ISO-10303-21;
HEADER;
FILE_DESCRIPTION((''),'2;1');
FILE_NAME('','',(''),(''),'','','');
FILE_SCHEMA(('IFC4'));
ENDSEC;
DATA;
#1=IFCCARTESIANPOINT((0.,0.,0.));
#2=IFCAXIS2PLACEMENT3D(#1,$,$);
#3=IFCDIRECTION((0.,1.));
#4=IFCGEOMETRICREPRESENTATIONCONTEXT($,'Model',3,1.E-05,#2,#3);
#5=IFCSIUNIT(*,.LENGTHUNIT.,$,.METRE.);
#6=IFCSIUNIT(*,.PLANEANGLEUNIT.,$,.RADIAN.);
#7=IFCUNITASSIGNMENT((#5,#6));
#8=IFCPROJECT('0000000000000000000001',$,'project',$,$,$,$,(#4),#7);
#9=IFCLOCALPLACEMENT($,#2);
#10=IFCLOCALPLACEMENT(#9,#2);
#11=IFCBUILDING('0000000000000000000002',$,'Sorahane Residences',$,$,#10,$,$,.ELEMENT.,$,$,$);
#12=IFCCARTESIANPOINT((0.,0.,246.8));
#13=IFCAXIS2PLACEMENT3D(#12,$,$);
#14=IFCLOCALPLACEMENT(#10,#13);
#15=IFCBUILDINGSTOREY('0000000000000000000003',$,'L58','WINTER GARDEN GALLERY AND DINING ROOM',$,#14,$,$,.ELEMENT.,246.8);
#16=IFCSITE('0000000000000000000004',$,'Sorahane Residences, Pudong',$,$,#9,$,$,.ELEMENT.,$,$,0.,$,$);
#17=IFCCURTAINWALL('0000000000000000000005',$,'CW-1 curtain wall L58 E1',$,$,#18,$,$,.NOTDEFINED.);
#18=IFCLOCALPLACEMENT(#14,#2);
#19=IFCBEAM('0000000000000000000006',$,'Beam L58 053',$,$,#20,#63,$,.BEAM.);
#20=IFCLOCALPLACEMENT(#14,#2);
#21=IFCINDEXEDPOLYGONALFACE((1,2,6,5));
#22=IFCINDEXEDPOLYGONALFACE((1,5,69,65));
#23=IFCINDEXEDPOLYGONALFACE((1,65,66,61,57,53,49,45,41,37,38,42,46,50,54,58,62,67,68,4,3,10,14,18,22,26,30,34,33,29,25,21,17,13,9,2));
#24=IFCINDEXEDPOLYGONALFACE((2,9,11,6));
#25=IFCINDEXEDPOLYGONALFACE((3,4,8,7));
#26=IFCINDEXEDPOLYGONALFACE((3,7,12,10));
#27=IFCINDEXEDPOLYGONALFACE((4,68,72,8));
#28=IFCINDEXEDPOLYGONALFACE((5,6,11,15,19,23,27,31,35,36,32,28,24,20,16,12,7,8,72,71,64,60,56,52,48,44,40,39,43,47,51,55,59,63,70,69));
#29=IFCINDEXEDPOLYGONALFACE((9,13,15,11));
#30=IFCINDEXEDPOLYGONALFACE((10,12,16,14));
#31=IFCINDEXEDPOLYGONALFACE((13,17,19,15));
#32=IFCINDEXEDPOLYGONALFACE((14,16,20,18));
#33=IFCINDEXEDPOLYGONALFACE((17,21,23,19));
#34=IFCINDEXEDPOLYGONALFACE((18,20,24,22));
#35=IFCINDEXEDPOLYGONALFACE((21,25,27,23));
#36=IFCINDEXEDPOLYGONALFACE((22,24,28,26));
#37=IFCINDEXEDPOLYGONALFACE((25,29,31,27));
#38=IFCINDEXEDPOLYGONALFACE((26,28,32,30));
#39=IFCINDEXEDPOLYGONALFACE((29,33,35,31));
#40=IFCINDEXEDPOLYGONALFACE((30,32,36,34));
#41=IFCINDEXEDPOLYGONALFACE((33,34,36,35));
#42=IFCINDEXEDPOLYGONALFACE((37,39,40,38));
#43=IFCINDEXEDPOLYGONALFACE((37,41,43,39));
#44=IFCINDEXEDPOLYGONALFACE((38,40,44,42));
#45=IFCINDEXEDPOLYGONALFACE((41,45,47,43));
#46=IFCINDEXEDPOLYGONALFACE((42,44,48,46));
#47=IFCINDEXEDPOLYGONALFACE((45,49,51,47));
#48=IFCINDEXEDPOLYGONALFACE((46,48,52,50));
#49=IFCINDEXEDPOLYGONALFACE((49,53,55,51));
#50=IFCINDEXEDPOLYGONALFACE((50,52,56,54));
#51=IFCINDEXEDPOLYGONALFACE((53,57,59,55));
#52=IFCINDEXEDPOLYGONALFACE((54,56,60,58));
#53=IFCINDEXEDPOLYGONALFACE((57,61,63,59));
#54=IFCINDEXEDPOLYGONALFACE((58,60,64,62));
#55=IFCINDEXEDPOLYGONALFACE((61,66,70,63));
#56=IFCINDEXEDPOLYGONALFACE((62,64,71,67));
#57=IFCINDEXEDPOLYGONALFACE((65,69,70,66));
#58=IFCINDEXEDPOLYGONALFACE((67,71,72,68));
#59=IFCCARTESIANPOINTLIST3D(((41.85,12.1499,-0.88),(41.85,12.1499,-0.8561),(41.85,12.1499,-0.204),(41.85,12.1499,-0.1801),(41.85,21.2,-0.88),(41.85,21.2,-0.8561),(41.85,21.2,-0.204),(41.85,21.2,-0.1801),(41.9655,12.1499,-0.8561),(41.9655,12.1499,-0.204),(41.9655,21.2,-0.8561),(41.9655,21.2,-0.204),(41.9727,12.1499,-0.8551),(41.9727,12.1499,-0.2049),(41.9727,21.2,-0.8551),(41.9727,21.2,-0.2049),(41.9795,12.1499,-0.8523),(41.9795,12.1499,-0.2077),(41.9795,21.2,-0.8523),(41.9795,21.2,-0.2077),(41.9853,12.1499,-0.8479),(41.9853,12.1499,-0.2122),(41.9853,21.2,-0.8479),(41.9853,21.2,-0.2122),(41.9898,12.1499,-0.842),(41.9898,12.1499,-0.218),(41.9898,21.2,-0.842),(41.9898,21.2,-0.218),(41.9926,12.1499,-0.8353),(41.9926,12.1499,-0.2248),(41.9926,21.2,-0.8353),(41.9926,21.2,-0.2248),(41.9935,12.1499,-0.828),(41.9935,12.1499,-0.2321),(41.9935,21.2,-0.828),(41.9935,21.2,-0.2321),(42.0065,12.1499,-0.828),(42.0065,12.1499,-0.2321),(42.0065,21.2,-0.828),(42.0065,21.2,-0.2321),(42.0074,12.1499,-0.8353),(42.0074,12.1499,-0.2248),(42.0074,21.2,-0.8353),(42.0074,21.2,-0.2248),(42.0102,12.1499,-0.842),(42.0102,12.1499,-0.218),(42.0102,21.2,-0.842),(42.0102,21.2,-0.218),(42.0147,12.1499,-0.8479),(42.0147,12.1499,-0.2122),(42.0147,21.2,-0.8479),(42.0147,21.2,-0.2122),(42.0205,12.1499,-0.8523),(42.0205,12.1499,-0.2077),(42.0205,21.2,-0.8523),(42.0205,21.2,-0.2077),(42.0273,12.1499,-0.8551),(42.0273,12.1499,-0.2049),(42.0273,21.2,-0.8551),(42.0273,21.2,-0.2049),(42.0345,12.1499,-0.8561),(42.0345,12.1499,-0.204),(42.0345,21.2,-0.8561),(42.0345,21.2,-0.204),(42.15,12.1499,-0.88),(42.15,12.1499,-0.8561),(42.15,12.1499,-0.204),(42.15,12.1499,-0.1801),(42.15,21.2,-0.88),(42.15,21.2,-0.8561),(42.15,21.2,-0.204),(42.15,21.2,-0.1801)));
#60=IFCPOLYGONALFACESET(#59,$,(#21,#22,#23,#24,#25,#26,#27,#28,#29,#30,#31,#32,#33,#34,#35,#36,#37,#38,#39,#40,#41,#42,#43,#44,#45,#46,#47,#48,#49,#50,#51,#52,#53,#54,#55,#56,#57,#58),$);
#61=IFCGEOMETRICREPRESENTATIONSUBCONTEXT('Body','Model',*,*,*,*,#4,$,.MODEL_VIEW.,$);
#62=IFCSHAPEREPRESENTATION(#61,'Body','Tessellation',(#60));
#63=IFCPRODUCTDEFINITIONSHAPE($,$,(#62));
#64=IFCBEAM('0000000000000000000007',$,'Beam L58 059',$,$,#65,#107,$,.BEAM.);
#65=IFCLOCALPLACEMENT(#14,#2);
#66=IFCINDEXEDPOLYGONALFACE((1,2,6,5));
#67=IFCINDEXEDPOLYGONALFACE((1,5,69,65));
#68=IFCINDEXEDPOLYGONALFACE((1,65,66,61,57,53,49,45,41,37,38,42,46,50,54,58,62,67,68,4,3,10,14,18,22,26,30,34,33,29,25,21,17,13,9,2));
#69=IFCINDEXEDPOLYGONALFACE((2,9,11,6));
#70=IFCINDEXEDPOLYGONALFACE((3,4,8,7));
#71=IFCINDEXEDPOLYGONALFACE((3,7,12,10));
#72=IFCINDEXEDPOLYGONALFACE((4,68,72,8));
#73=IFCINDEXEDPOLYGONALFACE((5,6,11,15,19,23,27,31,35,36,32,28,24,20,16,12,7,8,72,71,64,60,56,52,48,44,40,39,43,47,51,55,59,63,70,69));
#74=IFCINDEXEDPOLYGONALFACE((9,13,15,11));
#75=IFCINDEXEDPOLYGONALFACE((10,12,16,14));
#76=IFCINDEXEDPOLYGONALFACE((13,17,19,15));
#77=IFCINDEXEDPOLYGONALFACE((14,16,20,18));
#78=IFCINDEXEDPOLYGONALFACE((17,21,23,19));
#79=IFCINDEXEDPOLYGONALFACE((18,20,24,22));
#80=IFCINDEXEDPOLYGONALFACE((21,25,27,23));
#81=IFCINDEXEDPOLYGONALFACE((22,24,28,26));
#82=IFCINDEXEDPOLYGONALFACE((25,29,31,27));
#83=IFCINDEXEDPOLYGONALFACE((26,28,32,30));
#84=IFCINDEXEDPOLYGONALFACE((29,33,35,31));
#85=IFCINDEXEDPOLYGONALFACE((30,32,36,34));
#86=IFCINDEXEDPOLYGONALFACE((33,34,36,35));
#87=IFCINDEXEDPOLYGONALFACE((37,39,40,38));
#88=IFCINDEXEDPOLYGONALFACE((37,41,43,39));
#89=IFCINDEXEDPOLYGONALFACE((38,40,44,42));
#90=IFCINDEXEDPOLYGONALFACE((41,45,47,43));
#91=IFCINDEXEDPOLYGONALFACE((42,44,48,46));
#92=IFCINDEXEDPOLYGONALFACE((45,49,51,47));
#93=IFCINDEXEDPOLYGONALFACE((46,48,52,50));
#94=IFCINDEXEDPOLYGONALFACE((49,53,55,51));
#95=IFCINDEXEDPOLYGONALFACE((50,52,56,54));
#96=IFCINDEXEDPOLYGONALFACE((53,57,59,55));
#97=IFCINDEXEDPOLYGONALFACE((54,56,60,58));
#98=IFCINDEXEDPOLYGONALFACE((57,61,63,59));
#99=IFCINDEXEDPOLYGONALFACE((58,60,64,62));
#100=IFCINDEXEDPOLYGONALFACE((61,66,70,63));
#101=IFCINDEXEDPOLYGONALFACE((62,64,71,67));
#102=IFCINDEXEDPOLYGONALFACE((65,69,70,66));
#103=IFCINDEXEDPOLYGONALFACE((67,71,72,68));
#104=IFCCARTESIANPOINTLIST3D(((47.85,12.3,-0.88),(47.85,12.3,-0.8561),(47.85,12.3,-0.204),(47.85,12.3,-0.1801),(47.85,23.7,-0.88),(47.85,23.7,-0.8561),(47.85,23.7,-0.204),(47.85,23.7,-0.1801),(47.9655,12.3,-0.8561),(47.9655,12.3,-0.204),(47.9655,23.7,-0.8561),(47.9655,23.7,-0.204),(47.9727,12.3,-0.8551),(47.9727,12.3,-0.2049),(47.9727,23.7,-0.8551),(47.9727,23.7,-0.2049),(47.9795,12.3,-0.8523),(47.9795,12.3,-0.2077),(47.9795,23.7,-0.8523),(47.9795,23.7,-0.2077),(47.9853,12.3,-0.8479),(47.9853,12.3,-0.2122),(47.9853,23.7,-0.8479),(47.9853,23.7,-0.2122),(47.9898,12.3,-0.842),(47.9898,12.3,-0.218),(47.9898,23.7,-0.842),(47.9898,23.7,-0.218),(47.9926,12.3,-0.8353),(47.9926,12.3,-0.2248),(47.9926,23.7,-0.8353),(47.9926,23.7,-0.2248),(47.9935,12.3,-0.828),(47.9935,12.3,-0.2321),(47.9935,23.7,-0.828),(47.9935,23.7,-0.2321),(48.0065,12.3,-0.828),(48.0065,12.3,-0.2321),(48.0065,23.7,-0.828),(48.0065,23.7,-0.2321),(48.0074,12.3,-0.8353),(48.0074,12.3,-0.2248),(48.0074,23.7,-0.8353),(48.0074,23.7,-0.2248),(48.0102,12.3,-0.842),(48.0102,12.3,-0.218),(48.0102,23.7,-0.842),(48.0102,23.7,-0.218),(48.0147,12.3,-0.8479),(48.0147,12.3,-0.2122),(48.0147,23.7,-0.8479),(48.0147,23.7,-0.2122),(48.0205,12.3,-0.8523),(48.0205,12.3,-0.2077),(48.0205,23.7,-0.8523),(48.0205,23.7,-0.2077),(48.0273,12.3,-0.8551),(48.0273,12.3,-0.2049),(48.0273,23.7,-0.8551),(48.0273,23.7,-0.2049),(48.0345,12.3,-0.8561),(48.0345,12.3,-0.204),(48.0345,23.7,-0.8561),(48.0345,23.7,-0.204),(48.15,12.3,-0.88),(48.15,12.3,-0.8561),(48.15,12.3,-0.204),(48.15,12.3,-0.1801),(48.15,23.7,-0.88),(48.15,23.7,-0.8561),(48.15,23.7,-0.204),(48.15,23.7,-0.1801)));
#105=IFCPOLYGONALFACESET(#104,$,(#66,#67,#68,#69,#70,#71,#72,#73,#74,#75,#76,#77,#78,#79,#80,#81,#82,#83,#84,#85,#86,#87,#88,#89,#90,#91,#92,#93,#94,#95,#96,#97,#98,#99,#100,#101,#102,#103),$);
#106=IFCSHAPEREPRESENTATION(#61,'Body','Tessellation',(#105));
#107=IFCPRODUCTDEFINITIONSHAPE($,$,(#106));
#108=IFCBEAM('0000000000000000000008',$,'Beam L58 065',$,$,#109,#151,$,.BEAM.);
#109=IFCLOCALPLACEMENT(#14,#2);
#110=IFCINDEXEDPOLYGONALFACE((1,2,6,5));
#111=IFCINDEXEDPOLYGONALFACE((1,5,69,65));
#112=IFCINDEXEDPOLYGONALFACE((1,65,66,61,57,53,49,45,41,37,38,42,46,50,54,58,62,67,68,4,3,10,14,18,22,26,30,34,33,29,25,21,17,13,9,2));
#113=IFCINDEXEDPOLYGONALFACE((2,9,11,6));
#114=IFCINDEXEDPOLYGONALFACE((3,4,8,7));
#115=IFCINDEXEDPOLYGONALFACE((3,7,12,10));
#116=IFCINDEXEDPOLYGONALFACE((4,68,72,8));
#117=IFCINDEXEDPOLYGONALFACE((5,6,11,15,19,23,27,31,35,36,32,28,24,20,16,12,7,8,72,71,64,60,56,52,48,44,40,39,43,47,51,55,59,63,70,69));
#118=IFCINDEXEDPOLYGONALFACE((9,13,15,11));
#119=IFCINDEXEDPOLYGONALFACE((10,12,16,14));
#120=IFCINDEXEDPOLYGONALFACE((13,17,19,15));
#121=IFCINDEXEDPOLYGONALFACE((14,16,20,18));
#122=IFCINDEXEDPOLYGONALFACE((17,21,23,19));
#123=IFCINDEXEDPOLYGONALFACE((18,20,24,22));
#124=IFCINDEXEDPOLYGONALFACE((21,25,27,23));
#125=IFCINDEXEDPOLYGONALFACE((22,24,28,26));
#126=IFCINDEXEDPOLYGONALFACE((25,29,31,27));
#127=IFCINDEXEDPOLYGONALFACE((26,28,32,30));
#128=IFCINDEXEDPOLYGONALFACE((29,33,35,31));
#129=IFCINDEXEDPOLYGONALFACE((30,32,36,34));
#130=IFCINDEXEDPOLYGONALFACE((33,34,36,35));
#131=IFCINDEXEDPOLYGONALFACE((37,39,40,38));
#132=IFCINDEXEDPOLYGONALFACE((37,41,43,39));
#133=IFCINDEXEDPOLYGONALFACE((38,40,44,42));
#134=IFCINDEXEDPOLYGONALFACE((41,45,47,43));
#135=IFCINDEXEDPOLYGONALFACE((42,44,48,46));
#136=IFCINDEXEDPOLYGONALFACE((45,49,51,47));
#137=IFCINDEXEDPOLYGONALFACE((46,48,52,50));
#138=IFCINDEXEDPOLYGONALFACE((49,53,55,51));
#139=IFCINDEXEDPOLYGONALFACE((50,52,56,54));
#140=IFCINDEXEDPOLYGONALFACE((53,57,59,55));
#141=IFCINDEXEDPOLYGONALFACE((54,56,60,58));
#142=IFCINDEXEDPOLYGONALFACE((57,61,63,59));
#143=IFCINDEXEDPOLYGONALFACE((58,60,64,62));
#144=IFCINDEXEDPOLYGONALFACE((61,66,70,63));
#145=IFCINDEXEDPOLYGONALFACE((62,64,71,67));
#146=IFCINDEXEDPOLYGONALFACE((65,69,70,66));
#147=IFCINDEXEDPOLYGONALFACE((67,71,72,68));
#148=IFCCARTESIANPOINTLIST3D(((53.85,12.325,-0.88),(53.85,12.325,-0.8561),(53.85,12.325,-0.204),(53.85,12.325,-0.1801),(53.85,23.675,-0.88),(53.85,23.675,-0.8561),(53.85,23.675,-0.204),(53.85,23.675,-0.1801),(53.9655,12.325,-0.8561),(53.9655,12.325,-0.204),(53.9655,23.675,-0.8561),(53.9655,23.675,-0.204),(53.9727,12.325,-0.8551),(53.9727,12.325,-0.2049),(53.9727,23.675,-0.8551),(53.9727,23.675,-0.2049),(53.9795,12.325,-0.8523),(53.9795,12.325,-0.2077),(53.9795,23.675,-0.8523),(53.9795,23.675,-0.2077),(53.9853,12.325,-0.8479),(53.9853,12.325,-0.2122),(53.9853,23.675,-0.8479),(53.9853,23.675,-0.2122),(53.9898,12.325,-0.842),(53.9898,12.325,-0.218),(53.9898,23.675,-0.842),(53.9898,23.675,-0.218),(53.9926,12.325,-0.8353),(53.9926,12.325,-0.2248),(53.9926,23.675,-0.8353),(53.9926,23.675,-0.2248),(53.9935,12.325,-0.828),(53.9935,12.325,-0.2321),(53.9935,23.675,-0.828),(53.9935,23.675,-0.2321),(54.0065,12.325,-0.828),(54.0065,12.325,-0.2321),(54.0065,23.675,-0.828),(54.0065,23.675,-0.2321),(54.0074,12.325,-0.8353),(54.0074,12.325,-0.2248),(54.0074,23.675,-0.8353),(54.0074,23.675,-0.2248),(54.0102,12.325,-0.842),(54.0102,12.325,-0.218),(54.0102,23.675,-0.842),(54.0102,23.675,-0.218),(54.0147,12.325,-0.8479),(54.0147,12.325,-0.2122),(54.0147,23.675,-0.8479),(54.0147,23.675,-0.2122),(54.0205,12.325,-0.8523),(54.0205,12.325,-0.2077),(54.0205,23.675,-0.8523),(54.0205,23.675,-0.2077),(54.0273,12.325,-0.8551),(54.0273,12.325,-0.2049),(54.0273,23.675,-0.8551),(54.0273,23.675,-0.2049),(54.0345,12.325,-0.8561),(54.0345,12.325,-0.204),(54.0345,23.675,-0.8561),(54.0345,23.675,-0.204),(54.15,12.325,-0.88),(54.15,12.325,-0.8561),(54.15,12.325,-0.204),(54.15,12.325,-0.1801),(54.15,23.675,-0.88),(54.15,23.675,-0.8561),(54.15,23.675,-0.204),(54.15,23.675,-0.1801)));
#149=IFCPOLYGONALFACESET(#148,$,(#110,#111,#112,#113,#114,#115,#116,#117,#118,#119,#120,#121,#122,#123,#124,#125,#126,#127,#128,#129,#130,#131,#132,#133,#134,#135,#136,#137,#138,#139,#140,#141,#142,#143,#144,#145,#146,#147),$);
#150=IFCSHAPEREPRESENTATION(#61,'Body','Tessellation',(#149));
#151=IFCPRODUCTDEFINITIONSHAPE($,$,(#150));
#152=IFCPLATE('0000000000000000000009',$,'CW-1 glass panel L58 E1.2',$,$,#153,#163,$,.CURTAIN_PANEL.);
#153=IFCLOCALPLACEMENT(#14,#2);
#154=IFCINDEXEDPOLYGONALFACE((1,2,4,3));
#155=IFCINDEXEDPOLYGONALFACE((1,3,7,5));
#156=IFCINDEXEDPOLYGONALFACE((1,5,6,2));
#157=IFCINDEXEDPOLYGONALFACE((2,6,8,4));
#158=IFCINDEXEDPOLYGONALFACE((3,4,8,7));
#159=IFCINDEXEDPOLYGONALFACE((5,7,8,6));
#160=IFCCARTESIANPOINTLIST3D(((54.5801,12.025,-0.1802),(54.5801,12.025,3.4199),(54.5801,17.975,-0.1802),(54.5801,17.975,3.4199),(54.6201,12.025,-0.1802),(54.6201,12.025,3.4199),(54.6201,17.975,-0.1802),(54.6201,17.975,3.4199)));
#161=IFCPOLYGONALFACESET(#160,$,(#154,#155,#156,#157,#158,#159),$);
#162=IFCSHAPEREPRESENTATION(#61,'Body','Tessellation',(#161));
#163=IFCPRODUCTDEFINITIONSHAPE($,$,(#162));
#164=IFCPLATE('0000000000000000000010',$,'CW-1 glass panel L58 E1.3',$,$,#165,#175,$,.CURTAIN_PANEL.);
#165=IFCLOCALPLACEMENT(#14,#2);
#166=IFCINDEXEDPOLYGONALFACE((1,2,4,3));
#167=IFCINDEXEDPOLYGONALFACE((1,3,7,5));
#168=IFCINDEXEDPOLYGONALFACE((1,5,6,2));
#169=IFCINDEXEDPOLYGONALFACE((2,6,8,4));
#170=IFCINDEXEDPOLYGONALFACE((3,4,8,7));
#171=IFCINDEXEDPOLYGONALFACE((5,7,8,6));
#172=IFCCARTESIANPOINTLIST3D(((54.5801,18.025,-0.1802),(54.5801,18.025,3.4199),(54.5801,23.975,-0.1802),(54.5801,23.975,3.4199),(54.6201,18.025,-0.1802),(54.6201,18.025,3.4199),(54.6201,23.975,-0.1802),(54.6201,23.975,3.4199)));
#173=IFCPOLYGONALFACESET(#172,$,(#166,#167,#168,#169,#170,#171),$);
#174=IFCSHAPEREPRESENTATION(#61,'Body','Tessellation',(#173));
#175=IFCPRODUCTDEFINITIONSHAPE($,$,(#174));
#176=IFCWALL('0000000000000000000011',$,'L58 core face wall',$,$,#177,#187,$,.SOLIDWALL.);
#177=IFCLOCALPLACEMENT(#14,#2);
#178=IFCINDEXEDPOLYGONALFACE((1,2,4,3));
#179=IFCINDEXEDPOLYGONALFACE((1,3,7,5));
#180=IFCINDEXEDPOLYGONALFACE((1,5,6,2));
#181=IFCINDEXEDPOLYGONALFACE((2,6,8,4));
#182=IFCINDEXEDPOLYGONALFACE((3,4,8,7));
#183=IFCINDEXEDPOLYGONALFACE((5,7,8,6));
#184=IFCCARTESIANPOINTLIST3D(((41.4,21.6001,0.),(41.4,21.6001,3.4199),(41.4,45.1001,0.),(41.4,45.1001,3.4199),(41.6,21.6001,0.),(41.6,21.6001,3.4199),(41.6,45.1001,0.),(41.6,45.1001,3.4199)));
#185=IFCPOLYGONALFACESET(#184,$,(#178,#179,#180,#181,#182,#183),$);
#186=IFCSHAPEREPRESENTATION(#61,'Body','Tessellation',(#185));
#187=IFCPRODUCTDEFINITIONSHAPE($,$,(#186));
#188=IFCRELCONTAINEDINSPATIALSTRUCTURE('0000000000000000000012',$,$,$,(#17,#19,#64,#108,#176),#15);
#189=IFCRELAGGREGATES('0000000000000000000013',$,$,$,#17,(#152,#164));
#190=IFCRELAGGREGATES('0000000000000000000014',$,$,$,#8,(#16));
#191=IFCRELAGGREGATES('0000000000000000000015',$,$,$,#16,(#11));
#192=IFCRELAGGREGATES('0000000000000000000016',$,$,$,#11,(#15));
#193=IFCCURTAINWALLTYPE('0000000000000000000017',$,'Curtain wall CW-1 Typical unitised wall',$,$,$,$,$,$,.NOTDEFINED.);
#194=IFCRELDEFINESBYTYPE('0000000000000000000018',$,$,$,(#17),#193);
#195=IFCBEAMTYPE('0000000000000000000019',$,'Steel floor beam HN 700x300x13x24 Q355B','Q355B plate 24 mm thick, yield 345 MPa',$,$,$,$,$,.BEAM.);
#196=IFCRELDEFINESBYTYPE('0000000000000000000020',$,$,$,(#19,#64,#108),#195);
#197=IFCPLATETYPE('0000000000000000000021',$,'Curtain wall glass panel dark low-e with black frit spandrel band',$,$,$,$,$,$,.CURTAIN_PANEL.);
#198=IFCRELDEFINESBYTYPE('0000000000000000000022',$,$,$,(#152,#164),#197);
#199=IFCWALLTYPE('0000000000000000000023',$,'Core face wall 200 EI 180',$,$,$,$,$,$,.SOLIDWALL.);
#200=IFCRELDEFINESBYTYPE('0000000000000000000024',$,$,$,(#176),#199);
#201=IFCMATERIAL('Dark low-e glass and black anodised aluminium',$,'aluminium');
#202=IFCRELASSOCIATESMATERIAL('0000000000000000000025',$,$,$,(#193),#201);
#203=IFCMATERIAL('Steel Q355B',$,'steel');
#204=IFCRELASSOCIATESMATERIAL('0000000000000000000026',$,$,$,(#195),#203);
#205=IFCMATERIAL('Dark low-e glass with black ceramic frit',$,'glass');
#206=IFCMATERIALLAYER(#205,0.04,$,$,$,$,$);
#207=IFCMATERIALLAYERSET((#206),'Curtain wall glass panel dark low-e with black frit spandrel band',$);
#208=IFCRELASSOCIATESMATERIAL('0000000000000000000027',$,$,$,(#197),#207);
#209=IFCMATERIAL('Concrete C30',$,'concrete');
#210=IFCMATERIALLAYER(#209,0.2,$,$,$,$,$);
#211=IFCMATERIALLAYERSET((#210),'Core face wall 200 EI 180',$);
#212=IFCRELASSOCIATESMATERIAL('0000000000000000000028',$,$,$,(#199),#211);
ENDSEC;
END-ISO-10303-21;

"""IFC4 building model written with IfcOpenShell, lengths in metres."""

from ifc_helpers import new_model, si_unit, direction, frame, frame_2d, origin, origin_2d, place, context, subcontext, project, spatial, rectangle, i_section, extrude, material, layer, layer_set, material_profile, profile_set, type_object, element, aggregate, save


model = new_model("IFC4")

# Units and contexts
model_context = context("Model", 3, precision=1e-05, world=origin(), true_north=direction((0.0, 1.0)))
body_context = subcontext(model_context, "Body", "Model", "MODEL_VIEW")
ifc_project = project(units=[si_unit("LENGTHUNIT", "METRE"), si_unit("PLANEANGLEUNIT", "RADIAN")], contexts=[model_context])

# Site, building, storey
site_placement = place(None, origin())
site = spatial("IfcSite", under=ifc_project, at=site_placement, Name="Sorahane Residences, Pudong", CompositionType="ELEMENT", RefElevation=0.0)
building_placement = place(site_placement, origin())
building = spatial("IfcBuilding", under=site, at=building_placement, Name="Sorahane Residences", CompositionType="ELEMENT")
storey_placement = place(building_placement, frame((0.0, 0.0, 246.8)))
storey = spatial("IfcBuildingStorey", under=building, at=storey_placement, Name="L58", Description="WINTER GARDEN GALLERY AND DINING ROOM", CompositionType="ELEMENT", Elevation=246.8)

# Curtain wall
ifc_material_1 = material(Name="Dark low-e glass and black anodised aluminium", Category="aluminium")
curtain_wall_type = type_object("IfcCurtainWallType", Name="Curtain wall CW-1 Typical unitised wall", PredefinedType="NOTDEFINED", material=ifc_material_1)
curtain_wall_placement = place(storey_placement, origin())
curtain_wall = element("IfcCurtainWall", 1, at=curtain_wall_placement, inside=storey, type_object=curtain_wall_type, Name="CW-1 curtain wall L58 E1", PredefinedType="NOTDEFINED")

# Beams
ifc_material_2 = material(Name="Steel Q355B", Category="steel")
ifc_material_profile_1 = material_profile(ifc_material_2, i_section(OverallWidth=0.3, OverallDepth=0.7, WebThickness=0.0129, FlangeThickness=0.0239, FilletRadius=0.0281, at=origin_2d()), Name="HN 700x300x13x24")
ifc_profile_set_1 = profile_set([ifc_material_profile_1], Name="Steel Q355B")
beam_type_1 = type_object("IfcBeamType", Name="Steel floor beam HN 700x300x13x24 Q355B", Description="Q355B plate 24 mm thick, yield 345 MPa", PredefinedType="BEAM", material=ifc_profile_set_1)
beam_1_placement = place(storey_placement, frame((42.0, 12.1499, -0.53), z_axis=(0.0, 1.0, 0.0), x_axis=(-1.0, 0.0, 0.0)))
element("IfcBeam", 2, at=beam_1_placement, inside=storey, type_object=beam_type_1, Name="Beam L58 053", PredefinedType="BEAM", context=body_context, shape_type="SweptSolid", body=[
    extrude(i_section(OverallWidth=0.3, OverallDepth=0.7, WebThickness=0.0129, FlangeThickness=0.0239, FilletRadius=0.0281, at=origin_2d()), origin(), (0.0, 0.0, 1.0), 9.05),
])
beam_2_placement = place(storey_placement, frame((48.0, 12.3, -0.53), z_axis=(0.0, 1.0, 0.0), x_axis=(-1.0, 0.0, 0.0)))
element("IfcBeam", 3, at=beam_2_placement, inside=storey, type_object=beam_type_1, Name="Beam L58 059", PredefinedType="BEAM", context=body_context, shape_type="SweptSolid", body=[
    extrude(i_section(OverallWidth=0.3, OverallDepth=0.7, WebThickness=0.0129, FlangeThickness=0.0239, FilletRadius=0.0281, at=origin_2d()), origin(), (0.0, 0.0, 1.0), 11.3999),
])
beam_3_placement = place(storey_placement, frame((54.0, 12.325, -0.53), z_axis=(0.0, 1.0, 0.0), x_axis=(-1.0, 0.0, 0.0)))
element("IfcBeam", 4, at=beam_3_placement, inside=storey, type_object=beam_type_1, Name="Beam L58 065", PredefinedType="BEAM", context=body_context, shape_type="SweptSolid", body=[
    extrude(i_section(OverallWidth=0.3, OverallDepth=0.7, WebThickness=0.0129, FlangeThickness=0.0239, FilletRadius=0.0281, at=origin_2d()), origin(), (0.0, 0.0, 1.0), 11.3501),
])

# Plates
ifc_material_3 = material(Name="Dark low-e glass with black ceramic frit", Category="glass")
ifc_layer_1 = layer(ifc_material_3, 0.04)
ifc_layer_set_1 = layer_set([ifc_layer_1], Name="Curtain wall glass panel dark low-e with black frit spandrel band")
plate_type = type_object("IfcPlateType", Name="Curtain wall glass panel dark low-e with black frit spandrel band", PredefinedType="CURTAIN_PANEL", material=ifc_layer_set_1)
plate_1_placement = place(storey_placement, frame((54.6001, 15.0, -0.1802), z_axis=(0.0, 0.0, 1.0), x_axis=(0.0, 1.0, 0.0)))
plate_1 = element("IfcPlate", 5, at=plate_1_placement, type_object=plate_type, Name="CW-1 glass panel L58 E1.2", PredefinedType="CURTAIN_PANEL", context=body_context, shape_type="SweptSolid", body=[
    extrude(rectangle(XDim=5.95, YDim=0.04, at=origin_2d()), origin(), (0.0, 0.0, 1.0), 3.6001),
])
plate_2_placement = place(storey_placement, frame((54.6001, 21.0, -0.1802), z_axis=(0.0, 0.0, 1.0), x_axis=(0.0, 1.0, 0.0)))
plate_2 = element("IfcPlate", 6, at=plate_2_placement, type_object=plate_type, Name="CW-1 glass panel L58 E1.3", PredefinedType="CURTAIN_PANEL", context=body_context, shape_type="SweptSolid", body=[
    extrude(rectangle(XDim=5.95, YDim=0.04, at=origin_2d()), origin(), (0.0, 0.0, 1.0), 3.6001),
])
aggregate(curtain_wall, [plate_1, plate_2])

# Wall
ifc_material_4 = material(Name="Concrete C30", Category="concrete")
ifc_layer_2 = layer(ifc_material_4, 0.2)
ifc_layer_set_2 = layer_set([ifc_layer_2], Name="Core face wall 200 EI 180")
wall_type_1 = type_object("IfcWallType", Name="Core face wall 200 EI 180", PredefinedType="SOLIDWALL", material=ifc_layer_set_2)
wall_1_placement = place(storey_placement, frame((41.5, 21.6001, 0.0), z_axis=(0.0, 0.0, 1.0), x_axis=(0.0, 1.0, 0.0)))
element("IfcWall", 7, at=wall_1_placement, inside=storey, type_object=wall_type_1, Name="L58 core face wall", PredefinedType="SOLIDWALL", context=body_context, shape_type="SweptSolid", body=[
    extrude(rectangle(XDim=23.5, YDim=0.2, at=frame_2d((11.75, 0.0))), origin(), (0.0, 0.0, 1.0), 3.4199),
])

save(model, "model.ifc")
